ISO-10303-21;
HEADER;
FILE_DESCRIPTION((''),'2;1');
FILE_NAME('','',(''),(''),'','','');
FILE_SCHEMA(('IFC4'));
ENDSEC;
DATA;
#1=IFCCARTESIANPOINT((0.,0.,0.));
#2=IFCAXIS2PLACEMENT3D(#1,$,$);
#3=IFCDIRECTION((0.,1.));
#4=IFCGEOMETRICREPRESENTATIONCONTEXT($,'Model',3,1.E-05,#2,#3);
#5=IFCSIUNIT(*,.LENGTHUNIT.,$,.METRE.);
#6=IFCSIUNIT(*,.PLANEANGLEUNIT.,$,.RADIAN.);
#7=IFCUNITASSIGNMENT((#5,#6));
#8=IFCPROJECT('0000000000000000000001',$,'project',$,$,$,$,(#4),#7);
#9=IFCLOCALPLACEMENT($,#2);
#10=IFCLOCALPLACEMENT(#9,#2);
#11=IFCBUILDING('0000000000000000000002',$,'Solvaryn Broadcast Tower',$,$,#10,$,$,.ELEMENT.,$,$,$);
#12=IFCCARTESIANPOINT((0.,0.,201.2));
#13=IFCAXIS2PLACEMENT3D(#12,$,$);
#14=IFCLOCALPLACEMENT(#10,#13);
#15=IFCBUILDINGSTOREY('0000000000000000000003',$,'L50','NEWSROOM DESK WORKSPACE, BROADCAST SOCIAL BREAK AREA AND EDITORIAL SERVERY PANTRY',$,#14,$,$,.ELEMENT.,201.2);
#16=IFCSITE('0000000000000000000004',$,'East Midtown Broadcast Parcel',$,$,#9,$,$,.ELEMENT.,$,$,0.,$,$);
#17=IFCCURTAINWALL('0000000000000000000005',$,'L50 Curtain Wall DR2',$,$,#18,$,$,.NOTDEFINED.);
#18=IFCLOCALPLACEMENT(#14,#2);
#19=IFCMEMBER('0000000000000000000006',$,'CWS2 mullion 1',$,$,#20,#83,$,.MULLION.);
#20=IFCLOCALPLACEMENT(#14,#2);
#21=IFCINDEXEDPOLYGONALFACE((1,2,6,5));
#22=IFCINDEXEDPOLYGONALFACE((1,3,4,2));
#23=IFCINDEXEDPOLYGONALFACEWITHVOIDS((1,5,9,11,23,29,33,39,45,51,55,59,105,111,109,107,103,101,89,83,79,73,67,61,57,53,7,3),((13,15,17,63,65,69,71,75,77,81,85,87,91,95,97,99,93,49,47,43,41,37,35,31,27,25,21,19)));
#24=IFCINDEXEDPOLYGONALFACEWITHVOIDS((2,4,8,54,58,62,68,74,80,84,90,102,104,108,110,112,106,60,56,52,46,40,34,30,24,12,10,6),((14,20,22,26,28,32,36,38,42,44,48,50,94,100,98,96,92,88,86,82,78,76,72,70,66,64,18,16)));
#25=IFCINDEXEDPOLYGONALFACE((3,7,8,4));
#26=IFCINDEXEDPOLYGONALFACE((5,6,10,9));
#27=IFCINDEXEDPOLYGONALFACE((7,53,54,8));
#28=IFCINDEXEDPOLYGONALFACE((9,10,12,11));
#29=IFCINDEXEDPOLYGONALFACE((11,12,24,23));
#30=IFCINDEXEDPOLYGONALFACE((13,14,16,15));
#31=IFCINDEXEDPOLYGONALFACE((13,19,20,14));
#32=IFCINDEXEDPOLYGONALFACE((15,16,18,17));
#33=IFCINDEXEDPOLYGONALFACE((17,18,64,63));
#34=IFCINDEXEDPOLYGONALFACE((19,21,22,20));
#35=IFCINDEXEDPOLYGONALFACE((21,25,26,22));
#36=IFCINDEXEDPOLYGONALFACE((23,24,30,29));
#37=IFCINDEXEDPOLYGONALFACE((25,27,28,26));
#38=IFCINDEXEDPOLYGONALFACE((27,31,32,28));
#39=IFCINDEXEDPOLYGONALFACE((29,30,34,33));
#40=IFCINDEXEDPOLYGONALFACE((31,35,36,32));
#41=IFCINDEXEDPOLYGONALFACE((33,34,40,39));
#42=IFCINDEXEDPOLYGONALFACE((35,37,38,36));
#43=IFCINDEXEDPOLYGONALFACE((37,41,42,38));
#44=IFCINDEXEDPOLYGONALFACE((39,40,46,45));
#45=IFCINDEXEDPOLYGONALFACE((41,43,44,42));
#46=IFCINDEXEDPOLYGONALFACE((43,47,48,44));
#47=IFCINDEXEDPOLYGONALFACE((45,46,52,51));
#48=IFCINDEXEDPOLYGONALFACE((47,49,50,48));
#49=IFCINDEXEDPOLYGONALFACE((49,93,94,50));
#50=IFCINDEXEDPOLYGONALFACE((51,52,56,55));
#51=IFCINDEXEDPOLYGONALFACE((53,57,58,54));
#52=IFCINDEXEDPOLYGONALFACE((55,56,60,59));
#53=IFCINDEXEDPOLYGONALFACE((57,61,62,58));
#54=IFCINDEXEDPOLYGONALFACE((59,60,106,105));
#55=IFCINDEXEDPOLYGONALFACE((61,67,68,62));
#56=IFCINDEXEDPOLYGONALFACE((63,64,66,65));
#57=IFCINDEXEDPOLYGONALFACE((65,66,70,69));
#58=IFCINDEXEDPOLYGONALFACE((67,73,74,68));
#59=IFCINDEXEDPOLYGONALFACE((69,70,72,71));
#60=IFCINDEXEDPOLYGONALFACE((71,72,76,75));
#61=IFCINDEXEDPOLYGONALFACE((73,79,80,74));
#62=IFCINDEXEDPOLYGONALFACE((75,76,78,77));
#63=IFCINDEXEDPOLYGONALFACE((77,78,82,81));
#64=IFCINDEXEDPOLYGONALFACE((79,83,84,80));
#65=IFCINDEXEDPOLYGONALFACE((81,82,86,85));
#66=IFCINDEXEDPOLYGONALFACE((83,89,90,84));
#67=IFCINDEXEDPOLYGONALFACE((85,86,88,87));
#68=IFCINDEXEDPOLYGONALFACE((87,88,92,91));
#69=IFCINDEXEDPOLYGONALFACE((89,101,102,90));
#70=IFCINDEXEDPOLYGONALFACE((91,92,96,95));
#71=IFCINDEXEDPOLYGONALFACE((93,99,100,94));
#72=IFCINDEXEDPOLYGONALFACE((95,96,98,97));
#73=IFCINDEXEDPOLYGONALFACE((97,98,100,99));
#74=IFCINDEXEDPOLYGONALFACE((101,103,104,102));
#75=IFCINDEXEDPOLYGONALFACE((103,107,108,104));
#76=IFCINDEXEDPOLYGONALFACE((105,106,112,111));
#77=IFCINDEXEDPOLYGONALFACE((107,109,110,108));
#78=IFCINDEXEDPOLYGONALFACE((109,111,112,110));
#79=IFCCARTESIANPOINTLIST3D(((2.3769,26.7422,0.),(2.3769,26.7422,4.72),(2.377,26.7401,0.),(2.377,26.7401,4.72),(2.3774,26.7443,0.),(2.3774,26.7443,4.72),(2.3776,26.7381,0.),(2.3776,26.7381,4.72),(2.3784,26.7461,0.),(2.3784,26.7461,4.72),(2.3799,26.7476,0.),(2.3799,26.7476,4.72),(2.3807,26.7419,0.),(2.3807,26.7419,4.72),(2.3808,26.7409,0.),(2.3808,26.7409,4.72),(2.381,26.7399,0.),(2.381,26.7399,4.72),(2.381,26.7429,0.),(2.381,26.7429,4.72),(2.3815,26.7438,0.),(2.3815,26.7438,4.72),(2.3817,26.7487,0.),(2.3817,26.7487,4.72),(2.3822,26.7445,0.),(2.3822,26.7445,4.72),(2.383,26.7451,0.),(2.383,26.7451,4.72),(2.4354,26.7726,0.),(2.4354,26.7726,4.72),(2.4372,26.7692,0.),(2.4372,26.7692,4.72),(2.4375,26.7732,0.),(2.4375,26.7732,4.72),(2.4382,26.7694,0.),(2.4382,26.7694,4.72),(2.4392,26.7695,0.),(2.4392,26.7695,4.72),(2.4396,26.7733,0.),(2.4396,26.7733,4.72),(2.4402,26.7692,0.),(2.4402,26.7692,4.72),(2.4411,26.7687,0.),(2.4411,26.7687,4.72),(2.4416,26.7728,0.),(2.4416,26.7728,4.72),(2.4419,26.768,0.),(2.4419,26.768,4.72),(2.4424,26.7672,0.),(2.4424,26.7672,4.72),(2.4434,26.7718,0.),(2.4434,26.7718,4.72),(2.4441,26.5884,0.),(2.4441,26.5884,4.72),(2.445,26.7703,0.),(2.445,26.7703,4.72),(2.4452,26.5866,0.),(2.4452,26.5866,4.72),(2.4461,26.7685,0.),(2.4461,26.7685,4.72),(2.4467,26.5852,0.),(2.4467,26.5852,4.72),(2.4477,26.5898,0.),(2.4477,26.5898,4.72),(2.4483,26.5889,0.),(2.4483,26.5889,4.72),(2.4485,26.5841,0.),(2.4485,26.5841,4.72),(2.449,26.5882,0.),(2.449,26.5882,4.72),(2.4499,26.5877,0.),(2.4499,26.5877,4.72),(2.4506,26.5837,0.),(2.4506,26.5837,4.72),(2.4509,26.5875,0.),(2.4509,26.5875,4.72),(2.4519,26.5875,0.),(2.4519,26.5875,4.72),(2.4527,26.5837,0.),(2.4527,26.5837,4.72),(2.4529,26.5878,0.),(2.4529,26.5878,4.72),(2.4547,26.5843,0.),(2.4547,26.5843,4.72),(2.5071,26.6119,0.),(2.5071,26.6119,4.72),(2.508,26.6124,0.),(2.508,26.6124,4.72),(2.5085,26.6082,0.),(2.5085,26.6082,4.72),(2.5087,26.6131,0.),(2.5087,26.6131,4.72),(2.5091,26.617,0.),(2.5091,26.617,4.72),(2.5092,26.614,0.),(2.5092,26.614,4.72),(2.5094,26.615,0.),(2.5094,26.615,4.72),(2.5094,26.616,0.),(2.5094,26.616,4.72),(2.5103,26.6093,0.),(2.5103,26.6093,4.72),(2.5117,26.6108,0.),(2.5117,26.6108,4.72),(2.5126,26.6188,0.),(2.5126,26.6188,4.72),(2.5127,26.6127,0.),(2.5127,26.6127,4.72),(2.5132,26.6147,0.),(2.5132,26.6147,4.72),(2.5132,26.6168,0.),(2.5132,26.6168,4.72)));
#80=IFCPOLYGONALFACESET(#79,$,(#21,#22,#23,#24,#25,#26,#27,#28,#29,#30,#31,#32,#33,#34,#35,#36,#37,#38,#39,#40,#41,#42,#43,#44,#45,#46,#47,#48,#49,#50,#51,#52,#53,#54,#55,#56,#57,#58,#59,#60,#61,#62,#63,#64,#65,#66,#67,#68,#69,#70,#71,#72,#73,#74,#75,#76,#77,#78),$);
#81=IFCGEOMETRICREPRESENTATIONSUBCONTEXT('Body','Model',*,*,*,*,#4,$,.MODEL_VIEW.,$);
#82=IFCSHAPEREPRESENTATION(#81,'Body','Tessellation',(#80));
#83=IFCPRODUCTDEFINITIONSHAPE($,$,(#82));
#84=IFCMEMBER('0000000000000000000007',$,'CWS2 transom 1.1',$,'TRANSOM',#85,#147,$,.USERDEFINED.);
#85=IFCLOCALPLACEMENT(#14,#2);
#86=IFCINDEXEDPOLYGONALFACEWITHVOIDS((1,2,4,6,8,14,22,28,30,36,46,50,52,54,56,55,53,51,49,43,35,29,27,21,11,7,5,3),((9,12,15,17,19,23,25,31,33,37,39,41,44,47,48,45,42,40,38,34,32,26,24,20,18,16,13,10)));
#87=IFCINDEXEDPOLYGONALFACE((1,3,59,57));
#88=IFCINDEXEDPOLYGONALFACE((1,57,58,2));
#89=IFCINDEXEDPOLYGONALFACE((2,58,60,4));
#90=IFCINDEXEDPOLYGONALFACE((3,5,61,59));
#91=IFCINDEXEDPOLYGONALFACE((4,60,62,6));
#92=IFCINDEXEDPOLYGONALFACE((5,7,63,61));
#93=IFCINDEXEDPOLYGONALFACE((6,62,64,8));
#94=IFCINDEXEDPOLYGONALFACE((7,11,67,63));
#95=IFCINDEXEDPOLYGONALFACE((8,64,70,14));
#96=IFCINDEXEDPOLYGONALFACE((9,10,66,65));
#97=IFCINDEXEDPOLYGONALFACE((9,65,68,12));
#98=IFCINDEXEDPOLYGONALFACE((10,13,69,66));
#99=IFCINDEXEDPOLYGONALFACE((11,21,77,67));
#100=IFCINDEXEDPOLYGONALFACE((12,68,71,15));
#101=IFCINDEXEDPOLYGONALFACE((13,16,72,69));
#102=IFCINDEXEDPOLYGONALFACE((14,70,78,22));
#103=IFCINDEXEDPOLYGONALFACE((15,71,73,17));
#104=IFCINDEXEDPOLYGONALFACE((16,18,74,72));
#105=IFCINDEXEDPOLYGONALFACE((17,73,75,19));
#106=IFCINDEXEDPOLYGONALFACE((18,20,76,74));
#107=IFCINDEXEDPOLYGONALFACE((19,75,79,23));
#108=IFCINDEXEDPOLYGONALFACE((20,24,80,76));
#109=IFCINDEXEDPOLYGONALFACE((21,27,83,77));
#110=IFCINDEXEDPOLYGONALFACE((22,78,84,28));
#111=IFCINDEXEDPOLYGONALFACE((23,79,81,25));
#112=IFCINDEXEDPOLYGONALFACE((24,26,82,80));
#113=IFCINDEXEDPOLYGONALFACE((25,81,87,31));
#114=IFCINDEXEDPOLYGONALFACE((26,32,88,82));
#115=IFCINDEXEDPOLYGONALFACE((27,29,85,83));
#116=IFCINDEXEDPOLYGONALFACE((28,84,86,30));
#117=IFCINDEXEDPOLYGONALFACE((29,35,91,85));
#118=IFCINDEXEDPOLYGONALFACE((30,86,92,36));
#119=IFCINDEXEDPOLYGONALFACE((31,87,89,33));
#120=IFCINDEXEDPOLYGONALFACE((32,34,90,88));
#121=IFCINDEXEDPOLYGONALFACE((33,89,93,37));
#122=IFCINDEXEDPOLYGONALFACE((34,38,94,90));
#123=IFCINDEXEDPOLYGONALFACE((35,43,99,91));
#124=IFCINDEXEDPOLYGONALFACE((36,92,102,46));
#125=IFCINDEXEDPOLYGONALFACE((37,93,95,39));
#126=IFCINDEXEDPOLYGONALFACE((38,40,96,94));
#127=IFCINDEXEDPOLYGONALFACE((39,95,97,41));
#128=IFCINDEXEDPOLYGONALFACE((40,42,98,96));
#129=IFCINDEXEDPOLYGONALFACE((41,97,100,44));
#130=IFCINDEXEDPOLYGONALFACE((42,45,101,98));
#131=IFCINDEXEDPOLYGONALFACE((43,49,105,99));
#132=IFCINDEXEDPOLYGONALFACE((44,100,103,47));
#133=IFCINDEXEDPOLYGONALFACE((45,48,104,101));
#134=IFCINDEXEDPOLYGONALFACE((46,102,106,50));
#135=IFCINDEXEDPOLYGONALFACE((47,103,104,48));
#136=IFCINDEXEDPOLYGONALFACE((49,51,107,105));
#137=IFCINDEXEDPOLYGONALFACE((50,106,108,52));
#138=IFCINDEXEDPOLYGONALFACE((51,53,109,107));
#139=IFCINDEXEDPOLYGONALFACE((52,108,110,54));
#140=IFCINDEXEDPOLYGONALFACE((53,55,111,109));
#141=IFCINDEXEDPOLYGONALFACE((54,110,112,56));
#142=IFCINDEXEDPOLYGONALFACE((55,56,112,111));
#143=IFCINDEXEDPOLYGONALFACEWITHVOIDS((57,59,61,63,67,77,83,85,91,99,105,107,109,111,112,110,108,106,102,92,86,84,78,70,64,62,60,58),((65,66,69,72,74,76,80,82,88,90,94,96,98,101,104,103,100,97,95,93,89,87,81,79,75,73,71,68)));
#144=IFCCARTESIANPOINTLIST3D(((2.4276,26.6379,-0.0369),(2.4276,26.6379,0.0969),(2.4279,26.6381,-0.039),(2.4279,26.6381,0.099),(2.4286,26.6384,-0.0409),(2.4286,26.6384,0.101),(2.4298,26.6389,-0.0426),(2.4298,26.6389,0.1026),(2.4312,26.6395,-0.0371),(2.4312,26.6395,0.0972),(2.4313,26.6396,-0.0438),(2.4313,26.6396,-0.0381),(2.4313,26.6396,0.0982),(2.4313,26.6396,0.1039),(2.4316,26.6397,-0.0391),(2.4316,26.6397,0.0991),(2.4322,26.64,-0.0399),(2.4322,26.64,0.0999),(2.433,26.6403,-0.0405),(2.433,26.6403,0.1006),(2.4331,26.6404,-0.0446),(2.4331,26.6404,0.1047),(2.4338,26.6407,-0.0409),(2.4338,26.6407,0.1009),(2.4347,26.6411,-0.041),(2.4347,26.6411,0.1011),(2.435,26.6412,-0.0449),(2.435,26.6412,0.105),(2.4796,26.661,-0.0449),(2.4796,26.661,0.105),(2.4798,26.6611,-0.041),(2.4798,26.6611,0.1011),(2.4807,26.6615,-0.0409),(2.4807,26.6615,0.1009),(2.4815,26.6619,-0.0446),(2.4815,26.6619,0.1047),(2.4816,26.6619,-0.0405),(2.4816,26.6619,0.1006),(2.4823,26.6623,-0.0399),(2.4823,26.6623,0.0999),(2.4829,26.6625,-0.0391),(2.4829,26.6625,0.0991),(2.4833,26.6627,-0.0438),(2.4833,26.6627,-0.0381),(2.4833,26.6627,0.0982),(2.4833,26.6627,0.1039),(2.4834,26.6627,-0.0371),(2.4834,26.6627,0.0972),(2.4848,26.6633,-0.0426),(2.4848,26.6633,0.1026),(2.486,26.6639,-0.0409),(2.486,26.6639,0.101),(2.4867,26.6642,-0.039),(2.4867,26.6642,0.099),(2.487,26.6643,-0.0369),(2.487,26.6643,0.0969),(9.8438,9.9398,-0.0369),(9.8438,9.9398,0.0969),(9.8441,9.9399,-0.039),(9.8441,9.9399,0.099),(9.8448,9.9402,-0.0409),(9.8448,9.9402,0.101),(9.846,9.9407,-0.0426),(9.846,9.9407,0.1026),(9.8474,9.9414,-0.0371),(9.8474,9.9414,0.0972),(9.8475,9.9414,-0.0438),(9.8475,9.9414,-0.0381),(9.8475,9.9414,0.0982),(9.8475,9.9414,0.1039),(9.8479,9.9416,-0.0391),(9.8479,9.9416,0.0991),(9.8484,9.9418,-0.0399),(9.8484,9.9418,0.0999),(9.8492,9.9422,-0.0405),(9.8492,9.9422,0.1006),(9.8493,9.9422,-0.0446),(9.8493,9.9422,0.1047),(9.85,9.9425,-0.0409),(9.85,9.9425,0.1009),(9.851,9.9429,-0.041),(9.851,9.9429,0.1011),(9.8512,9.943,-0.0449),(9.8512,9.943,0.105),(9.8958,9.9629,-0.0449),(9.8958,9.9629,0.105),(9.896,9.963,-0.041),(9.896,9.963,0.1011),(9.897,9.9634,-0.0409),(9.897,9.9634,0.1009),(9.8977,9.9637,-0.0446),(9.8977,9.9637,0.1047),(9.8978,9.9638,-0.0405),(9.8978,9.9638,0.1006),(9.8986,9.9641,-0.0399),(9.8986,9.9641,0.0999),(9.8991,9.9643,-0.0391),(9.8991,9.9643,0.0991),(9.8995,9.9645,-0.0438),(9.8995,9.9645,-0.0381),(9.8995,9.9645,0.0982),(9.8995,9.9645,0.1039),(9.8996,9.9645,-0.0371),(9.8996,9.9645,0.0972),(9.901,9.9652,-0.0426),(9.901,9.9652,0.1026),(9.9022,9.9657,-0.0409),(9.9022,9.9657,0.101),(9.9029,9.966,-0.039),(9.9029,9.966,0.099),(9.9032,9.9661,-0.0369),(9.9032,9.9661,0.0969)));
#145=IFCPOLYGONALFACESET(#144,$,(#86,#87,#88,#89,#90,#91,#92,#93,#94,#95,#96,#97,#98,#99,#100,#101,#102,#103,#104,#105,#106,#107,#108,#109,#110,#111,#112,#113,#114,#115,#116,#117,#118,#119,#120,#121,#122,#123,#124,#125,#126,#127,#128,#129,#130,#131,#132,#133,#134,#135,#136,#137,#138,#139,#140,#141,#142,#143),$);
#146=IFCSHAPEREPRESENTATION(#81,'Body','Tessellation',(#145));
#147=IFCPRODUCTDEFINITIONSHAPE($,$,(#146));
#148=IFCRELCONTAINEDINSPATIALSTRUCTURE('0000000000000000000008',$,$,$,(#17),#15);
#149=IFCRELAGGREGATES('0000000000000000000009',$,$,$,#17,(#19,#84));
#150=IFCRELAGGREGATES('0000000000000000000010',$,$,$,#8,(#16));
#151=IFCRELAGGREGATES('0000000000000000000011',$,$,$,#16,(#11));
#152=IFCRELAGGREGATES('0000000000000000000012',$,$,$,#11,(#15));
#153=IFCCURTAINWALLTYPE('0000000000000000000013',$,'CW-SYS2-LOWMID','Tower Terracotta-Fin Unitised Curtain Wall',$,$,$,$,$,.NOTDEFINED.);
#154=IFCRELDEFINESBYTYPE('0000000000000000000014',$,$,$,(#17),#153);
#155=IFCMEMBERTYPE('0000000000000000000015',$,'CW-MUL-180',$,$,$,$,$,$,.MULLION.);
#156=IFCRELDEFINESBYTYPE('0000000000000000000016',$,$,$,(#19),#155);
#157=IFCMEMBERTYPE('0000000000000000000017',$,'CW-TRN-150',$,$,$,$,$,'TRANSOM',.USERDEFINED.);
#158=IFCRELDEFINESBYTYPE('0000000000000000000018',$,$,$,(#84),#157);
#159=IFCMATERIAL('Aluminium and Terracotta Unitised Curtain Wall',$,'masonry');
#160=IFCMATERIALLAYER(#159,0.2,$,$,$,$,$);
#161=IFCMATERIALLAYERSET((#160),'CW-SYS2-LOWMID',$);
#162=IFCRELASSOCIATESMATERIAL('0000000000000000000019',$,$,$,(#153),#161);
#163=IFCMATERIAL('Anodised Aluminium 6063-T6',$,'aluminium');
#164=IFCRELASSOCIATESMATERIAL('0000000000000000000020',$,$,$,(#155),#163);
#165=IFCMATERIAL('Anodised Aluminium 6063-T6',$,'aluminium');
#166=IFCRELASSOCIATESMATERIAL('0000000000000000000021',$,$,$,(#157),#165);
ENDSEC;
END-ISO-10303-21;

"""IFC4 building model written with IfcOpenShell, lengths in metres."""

from ifc_helpers import new_model, si_unit, direction, frame, origin, origin_2d, place, context, subcontext, project, spatial, hollow_rectangle, extrude, material, layer, layer_set, material_profile, profile_set, type_object, element, aggregate, save


model = new_model("IFC4")

# Units and contexts
model_context = context("Model", 3, precision=1e-05, world=origin(), true_north=direction((0.0, 1.0)))
body_context = subcontext(model_context, "Body", "Model", "MODEL_VIEW")
ifc_project = project(units=[si_unit("LENGTHUNIT", "METRE"), si_unit("PLANEANGLEUNIT", "RADIAN")], contexts=[model_context])

# Site, building, storey
site_placement = place(None, origin())
site = spatial("IfcSite", under=ifc_project, at=site_placement, Name="East Midtown Broadcast Parcel", CompositionType="ELEMENT", RefElevation=0.0)
building_placement = place(site_placement, origin())
building = spatial("IfcBuilding", under=site, at=building_placement, Name="Solvaryn Broadcast Tower", CompositionType="ELEMENT")
storey_placement = place(building_placement, frame((0.0, 0.0, 201.2)))
storey = spatial("IfcBuildingStorey", under=building, at=storey_placement, Name="L50", Description="NEWSROOM DESK WORKSPACE, BROADCAST SOCIAL BREAK AREA AND EDITORIAL SERVERY PANTRY", CompositionType="ELEMENT", Elevation=201.2)

# Shared definitions
ifc_material_1 = material(Name="Aluminium and Terracotta Unitised Curtain Wall", Category="masonry")
ifc_layer_1 = layer(ifc_material_1, 0.2)
ifc_layer_set_1 = layer_set([ifc_layer_1], Name="CW-SYS2-LOWMID")
curtain_wall_type = type_object("IfcCurtainWallType", Name="CW-SYS2-LOWMID", Description="Tower Terracotta-Fin Unitised Curtain Wall", PredefinedType="NOTDEFINED", material=ifc_layer_set_1)
ifc_material_2 = material(Name="Anodised Aluminium 6063-T6", Category="aluminium")
ifc_material_profile_1 = material_profile(ifc_material_2, hollow_rectangle(XDim=0.075, YDim=0.1799, WallThickness=0.0039, InnerFilletRadius=0.0039, OuterFilletRadius=0.0081, at=origin_2d()))
ifc_profile_set_1 = profile_set([ifc_material_profile_1], Name="Anodised Aluminium 6063-T6")
member_type_1 = type_object("IfcMemberType", Name="CW-MUL-180", PredefinedType="MULLION", material=ifc_profile_set_1)

# Curtain wall, members
curtain_wall_1_placement = place(storey_placement, origin())
curtain_wall_1 = element("IfcCurtainWall", 1, at=curtain_wall_1_placement, inside=storey, type_object=curtain_wall_type, Name="L50 Curtain Wall DR2", PredefinedType="NOTDEFINED")
member_1_placement = place(storey_placement, frame((2.4451, 26.6785, 0.0), z_axis=(0.0, 0.0, 1.0), x_axis=(0.913917, 0.405901, 0.0)))
member_1 = element("IfcMember", 2, at=member_1_placement, type_object=member_type_1, Name="CWS2 mullion 1", PredefinedType="MULLION", context=body_context, shape_type="SweptSolid", body=[
    extrude(hollow_rectangle(XDim=0.075, YDim=0.1799, WallThickness=0.0039, InnerFilletRadius=0.0039, OuterFilletRadius=0.0081, at=origin_2d()), origin(), (0.0, 0.0, 1.0), 4.72),
])
ifc_material_3 = material(Name="Anodised Aluminium 6063-T6", Category="aluminium")
ifc_material_profile_2 = material_profile(ifc_material_3, hollow_rectangle(XDim=0.0649, YDim=0.1499, WallThickness=0.0039, InnerFilletRadius=0.0039, OuterFilletRadius=0.0081, at=origin_2d()))
ifc_profile_set_2 = profile_set([ifc_material_profile_2], Name="Anodised Aluminium 6063-T6")
member_type_2 = type_object("IfcMemberType", Name="CW-TRN-150", ElementType="TRANSOM", PredefinedType="USERDEFINED", material=ifc_profile_set_2)
member_2_placement = place(storey_placement, frame((2.4573, 26.6511, 0.03), z_axis=(0.405902, -0.913917, 0.0), x_axis=(0.913917, 0.405902, 0.0)))
member_2 = element("IfcMember", 3, at=member_2_placement, type_object=member_type_2, Name="CWS2 transom 1.1", ObjectType="TRANSOM", PredefinedType="USERDEFINED", context=body_context, shape_type="SweptSolid", body=[
    extrude(hollow_rectangle(XDim=0.0649, YDim=0.1499, WallThickness=0.0039, InnerFilletRadius=0.0039, OuterFilletRadius=0.0081, at=origin_2d()), origin(), (0.0, 0.0, 1.0), 18.271),
])
aggregate(curtain_wall_1, [member_1, member_2])

save(model, "model.ifc")
